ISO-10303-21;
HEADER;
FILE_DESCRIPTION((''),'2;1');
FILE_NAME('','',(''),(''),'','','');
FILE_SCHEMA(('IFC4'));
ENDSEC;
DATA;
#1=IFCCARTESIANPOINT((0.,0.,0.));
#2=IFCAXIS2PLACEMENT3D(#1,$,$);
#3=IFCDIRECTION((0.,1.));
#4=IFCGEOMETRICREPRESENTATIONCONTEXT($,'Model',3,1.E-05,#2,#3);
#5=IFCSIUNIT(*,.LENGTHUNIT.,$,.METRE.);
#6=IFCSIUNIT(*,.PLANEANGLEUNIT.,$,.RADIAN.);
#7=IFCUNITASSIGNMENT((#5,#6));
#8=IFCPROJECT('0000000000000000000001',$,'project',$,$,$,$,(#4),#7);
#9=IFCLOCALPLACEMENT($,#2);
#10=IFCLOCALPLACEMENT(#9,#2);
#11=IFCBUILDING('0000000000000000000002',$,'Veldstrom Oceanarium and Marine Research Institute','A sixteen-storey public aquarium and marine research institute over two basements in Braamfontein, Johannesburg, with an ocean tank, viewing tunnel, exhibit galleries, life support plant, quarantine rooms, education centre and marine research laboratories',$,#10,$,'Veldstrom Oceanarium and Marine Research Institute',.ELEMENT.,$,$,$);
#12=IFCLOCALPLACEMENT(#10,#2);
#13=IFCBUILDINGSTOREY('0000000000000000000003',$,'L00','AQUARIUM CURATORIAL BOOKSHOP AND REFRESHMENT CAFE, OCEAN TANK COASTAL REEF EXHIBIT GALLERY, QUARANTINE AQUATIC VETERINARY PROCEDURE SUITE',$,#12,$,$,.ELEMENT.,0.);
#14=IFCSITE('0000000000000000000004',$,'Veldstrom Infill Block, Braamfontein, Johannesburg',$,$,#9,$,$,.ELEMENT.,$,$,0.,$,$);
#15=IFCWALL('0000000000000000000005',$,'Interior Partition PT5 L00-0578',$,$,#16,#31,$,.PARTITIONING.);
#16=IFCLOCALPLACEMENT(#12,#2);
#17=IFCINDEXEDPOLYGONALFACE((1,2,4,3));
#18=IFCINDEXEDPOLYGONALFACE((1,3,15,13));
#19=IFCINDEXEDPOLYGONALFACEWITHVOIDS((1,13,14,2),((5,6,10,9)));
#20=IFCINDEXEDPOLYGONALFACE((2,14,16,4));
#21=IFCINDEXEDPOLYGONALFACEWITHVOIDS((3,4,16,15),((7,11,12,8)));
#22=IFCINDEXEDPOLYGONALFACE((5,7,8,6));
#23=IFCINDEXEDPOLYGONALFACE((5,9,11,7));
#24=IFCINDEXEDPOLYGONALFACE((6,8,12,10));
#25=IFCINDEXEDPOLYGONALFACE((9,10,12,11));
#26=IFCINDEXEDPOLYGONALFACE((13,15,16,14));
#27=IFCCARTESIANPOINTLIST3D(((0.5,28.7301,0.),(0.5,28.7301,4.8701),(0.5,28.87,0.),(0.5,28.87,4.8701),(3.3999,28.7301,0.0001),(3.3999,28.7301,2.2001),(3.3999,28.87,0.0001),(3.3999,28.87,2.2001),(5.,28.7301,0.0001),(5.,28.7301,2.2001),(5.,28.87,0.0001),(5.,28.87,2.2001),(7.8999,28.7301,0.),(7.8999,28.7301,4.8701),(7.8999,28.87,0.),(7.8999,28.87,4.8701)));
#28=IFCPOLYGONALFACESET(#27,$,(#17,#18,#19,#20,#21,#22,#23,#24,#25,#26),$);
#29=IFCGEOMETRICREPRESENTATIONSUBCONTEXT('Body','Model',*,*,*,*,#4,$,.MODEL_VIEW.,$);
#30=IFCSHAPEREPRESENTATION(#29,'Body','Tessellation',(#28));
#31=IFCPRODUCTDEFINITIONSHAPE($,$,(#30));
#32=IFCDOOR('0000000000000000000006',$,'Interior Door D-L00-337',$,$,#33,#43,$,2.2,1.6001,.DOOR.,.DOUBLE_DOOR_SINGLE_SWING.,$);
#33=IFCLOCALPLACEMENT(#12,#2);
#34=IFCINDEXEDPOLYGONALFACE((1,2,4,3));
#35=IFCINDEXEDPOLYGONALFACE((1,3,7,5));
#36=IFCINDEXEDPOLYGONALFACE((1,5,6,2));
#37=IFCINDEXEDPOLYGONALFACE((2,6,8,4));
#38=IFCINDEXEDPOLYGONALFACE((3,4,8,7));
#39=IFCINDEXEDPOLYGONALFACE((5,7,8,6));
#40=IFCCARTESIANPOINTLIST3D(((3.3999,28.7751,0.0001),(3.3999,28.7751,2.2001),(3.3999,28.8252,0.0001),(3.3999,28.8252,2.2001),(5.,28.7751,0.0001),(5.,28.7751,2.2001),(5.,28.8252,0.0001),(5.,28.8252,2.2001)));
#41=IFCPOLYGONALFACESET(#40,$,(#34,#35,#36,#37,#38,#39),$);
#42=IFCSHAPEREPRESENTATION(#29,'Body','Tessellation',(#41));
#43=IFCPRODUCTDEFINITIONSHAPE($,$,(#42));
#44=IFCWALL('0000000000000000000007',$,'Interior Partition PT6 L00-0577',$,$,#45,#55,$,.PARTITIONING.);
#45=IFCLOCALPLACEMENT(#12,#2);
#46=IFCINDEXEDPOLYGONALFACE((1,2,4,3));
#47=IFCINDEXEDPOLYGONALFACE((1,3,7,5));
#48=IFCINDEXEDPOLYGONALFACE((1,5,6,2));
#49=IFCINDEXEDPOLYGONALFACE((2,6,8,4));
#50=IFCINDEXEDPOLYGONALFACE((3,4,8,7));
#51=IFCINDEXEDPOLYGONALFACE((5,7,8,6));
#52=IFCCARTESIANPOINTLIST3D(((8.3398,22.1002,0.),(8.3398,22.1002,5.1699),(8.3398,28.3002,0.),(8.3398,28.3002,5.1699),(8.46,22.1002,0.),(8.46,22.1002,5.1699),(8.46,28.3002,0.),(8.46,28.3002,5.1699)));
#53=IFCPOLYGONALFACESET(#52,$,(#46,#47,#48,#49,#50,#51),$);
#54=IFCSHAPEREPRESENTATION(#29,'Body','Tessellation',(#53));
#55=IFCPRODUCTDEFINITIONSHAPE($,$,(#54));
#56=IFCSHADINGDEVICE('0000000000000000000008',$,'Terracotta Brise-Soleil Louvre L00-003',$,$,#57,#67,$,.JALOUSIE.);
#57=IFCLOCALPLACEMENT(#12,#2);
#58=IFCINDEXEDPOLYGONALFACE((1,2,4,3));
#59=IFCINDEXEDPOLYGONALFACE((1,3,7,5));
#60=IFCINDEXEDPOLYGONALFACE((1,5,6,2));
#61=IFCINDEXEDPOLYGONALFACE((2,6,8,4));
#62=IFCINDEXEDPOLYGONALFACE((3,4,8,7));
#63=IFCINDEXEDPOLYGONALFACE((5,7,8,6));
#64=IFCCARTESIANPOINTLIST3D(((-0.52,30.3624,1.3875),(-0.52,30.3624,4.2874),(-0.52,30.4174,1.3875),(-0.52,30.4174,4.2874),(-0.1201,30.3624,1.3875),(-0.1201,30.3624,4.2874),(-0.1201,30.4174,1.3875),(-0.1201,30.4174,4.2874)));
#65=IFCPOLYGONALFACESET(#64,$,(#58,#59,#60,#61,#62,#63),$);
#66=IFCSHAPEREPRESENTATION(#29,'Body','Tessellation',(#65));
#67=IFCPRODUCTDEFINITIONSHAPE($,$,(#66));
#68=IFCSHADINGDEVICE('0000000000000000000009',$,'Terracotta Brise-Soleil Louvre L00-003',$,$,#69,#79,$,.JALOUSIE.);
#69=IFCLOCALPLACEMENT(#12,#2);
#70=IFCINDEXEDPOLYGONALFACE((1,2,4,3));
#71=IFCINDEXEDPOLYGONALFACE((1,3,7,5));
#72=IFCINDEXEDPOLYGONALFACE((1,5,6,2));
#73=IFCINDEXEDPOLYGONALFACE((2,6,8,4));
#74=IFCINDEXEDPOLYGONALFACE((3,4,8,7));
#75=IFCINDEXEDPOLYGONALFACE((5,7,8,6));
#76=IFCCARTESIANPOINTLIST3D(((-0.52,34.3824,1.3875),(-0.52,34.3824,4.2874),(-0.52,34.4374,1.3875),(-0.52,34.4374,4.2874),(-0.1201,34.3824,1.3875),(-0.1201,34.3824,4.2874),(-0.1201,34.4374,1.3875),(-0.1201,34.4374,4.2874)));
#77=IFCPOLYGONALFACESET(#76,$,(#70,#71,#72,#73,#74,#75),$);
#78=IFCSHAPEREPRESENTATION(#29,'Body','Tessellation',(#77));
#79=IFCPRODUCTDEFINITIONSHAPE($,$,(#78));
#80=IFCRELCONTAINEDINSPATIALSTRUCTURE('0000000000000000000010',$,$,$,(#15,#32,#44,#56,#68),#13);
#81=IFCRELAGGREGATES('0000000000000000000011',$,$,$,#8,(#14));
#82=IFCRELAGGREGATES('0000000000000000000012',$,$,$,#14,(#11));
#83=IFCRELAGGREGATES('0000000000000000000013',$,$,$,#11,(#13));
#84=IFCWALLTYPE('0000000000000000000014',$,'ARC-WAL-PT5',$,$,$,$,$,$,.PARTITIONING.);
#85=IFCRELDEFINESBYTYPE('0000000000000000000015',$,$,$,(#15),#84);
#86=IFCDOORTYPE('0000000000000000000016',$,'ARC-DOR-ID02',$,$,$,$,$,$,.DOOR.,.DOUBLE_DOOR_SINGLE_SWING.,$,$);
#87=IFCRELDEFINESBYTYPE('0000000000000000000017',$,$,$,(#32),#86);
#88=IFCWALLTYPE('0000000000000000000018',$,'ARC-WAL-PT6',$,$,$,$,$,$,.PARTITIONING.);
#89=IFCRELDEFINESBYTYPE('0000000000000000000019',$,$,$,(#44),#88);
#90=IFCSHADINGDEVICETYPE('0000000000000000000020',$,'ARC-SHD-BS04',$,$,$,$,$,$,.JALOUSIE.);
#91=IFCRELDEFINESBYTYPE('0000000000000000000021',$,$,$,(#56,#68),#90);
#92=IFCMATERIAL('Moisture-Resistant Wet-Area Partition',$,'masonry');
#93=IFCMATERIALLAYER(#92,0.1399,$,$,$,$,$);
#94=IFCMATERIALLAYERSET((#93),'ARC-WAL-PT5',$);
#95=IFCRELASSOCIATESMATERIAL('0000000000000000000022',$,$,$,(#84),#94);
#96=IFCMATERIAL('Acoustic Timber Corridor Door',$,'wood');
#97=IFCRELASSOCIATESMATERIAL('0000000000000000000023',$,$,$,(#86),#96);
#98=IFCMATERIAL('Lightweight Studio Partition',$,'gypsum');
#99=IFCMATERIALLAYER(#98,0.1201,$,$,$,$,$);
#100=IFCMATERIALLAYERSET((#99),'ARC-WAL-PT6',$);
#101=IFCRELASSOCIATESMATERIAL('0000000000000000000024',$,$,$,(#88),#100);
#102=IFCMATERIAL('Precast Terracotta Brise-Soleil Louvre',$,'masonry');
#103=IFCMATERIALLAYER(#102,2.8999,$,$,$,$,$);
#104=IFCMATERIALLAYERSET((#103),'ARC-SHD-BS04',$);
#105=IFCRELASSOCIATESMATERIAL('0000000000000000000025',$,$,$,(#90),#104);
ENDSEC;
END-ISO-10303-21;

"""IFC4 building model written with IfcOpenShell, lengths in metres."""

from ifc_helpers import new_model, si_unit, direction, frame, frame_2d, origin, origin_2d, place, context, subcontext, project, spatial, rectangle, extrude, material, layer, layer_set, type_object, element, fill, save


model = new_model("IFC4")

# Units and contexts
model_context = context("Model", 3, precision=1e-05, world=origin(), true_north=direction((0.0, 1.0)))
body_context = subcontext(model_context, "Body", "Model", "MODEL_VIEW")
ifc_project = project(units=[si_unit("LENGTHUNIT", "METRE"), si_unit("PLANEANGLEUNIT", "RADIAN")], contexts=[model_context])

# Site, building, storey
site_placement = place(None, origin())
site = spatial("IfcSite", under=ifc_project, at=site_placement, Name="Veldstrom Infill Block, Braamfontein, Johannesburg", CompositionType="ELEMENT", RefElevation=0.0)
building_placement = place(site_placement, origin())
building = spatial("IfcBuilding", under=site, at=building_placement, Name="Veldstrom Oceanarium and Marine Research Institute", Description="A sixteen-storey public aquarium and marine research institute over two basements in Braamfontein, Johannesburg, with an ocean tank, viewing tunnel, exhibit galleries, life support plant, quarantine rooms, education centre and marine research laboratories", LongName="Veldstrom Oceanarium and Marine Research Institute", CompositionType="ELEMENT")
storey_placement = place(building_placement, origin())
storey = spatial("IfcBuildingStorey", under=building, at=storey_placement, Name="L00", Description="AQUARIUM CURATORIAL BOOKSHOP AND REFRESHMENT CAFE, OCEAN TANK COASTAL REEF EXHIBIT GALLERY, QUARANTINE AQUATIC VETERINARY PROCEDURE SUITE", CompositionType="ELEMENT", Elevation=0.0)

# Wall, opening, door
ifc_material_1 = material(Name="Moisture-Resistant Wet-Area Partition", Category="masonry")
ifc_layer_1 = layer(ifc_material_1, 0.1399)
ifc_layer_set_1 = layer_set([ifc_layer_1], Name="ARC-WAL-PT5")
wall_type_1 = type_object("IfcWallType", Name="ARC-WAL-PT5", PredefinedType="PARTITIONING", material=ifc_layer_set_1)
wall_1_placement = place(storey_placement, frame((0.5, 28.8, 0.0), z_axis=(0.0, 0.0, 1.0), x_axis=(1.0, 0.0, 0.0)))
wall_1 = element("IfcWall", 1, at=wall_1_placement, inside=storey, type_object=wall_type_1, Name="Interior Partition PT5 L00-0578", PredefinedType="PARTITIONING", context=body_context, shape_type="SweptSolid", body=[
    extrude(rectangle(XDim=7.3999, YDim=0.1399, at=frame_2d((3.7, 0.0))), origin(), (0.0, 0.0, 1.0), 4.8701),
])
opening_1_placement = place(wall_1_placement, frame((2.8999, 0.0, 0.0)))
opening_1 = element("IfcOpeningElement", 2, at=opening_1_placement, cuts=wall_1, PredefinedType="OPENING", context=body_context, shape_type="SweptSolid", body=[
    extrude(rectangle(XDim=1.6001, YDim=2.2, at=frame_2d((0.8, 1.1001))), frame((0.0, 0.0798, 0.0), z_axis=(0.0, -1.0, 0.0), x_axis=(1.0, 0.0, 0.0)), (0.0, 0.0, 1.0), 0.1599),
])
ifc_material_2 = material(Name="Acoustic Timber Corridor Door", Category="wood")
door_type_1 = type_object("IfcDoorType", Name="ARC-DOR-ID02", OperationType="DOUBLE_DOOR_SINGLE_SWING", PredefinedType="DOOR", material=ifc_material_2)
door_1_placement = place(opening_1_placement, frame((1.6001, 0.0, 0.0), z_axis=(0.0, 0.0, 1.0), x_axis=(-1.0, 0.0, 0.0)))
door_1 = element("IfcDoor", 3, at=door_1_placement, inside=storey, type_object=door_type_1, Name="Interior Door D-L00-337", OperationType="DOUBLE_DOOR_SINGLE_SWING", OverallHeight=2.2, OverallWidth=1.6001, PredefinedType="DOOR", context=body_context, shape_type="SweptSolid", body=[
    extrude(rectangle(XDim=1.6001, YDim=2.2, at=frame_2d((0.8, 1.1001))), frame((0.0, 0.0249, 0.0), z_axis=(0.0, -1.0, 0.0), x_axis=(1.0, 0.0, 0.0)), (0.0, 0.0, 1.0), 0.05),
])
fill(opening_1, door_1)

# Wall
ifc_material_3 = material(Name="Lightweight Studio Partition", Category="gypsum")
ifc_layer_2 = layer(ifc_material_3, 0.1201)
ifc_layer_set_2 = layer_set([ifc_layer_2], Name="ARC-WAL-PT6")
wall_type_2 = type_object("IfcWallType", Name="ARC-WAL-PT6", PredefinedType="PARTITIONING", material=ifc_layer_set_2)
wall_2_placement = place(storey_placement, frame((8.3999, 22.1001, 0.0), z_axis=(0.0, 0.0, 1.0), x_axis=(0.0, 1.0, 0.0)))
element("IfcWall", 4, at=wall_2_placement, inside=storey, type_object=wall_type_2, Name="Interior Partition PT6 L00-0577", PredefinedType="PARTITIONING", context=body_context, shape_type="SweptSolid", body=[
    extrude(rectangle(XDim=6.2, YDim=0.1201, at=frame_2d((3.1001, 0.0))), origin(), (0.0, 0.0, 1.0), 5.1699),
])

# Shading devices
ifc_material_4 = material(Name="Precast Terracotta Brise-Soleil Louvre", Category="masonry")
ifc_layer_3 = layer(ifc_material_4, 2.8999)
ifc_layer_set_3 = layer_set([ifc_layer_3], Name="ARC-SHD-BS04")
shading_device_type = type_object("IfcShadingDeviceType", Name="ARC-SHD-BS04", PredefinedType="JALOUSIE", material=ifc_layer_set_3)
for number, where, z_axis, x_axis, name in (
    (5, (-0.3201, 30.3899, 1.3875), (0.0, 0.0, 1.0), (1.0, 0.0, 0.0), "Terracotta Brise-Soleil Louvre L00-003"),
    (6, (-0.3201, 34.4099, 1.3875), (0.0, 0.0, 1.0), (1.0, 0.0, 0.0), "Terracotta Brise-Soleil Louvre L00-003"),
):
    element("IfcShadingDevice", number, at=place(storey_placement, frame(where, z_axis=z_axis, x_axis=x_axis)), inside=storey, type_object=shading_device_type, Name=name, PredefinedType="JALOUSIE", context=body_context, shape_type="SweptSolid", body=[
        extrude(rectangle(XDim=0.3999, YDim=0.0549, at=origin_2d()), origin(), (0.0, 0.0, 1.0), 2.8999),
    ])

save(model, "model.ifc")
